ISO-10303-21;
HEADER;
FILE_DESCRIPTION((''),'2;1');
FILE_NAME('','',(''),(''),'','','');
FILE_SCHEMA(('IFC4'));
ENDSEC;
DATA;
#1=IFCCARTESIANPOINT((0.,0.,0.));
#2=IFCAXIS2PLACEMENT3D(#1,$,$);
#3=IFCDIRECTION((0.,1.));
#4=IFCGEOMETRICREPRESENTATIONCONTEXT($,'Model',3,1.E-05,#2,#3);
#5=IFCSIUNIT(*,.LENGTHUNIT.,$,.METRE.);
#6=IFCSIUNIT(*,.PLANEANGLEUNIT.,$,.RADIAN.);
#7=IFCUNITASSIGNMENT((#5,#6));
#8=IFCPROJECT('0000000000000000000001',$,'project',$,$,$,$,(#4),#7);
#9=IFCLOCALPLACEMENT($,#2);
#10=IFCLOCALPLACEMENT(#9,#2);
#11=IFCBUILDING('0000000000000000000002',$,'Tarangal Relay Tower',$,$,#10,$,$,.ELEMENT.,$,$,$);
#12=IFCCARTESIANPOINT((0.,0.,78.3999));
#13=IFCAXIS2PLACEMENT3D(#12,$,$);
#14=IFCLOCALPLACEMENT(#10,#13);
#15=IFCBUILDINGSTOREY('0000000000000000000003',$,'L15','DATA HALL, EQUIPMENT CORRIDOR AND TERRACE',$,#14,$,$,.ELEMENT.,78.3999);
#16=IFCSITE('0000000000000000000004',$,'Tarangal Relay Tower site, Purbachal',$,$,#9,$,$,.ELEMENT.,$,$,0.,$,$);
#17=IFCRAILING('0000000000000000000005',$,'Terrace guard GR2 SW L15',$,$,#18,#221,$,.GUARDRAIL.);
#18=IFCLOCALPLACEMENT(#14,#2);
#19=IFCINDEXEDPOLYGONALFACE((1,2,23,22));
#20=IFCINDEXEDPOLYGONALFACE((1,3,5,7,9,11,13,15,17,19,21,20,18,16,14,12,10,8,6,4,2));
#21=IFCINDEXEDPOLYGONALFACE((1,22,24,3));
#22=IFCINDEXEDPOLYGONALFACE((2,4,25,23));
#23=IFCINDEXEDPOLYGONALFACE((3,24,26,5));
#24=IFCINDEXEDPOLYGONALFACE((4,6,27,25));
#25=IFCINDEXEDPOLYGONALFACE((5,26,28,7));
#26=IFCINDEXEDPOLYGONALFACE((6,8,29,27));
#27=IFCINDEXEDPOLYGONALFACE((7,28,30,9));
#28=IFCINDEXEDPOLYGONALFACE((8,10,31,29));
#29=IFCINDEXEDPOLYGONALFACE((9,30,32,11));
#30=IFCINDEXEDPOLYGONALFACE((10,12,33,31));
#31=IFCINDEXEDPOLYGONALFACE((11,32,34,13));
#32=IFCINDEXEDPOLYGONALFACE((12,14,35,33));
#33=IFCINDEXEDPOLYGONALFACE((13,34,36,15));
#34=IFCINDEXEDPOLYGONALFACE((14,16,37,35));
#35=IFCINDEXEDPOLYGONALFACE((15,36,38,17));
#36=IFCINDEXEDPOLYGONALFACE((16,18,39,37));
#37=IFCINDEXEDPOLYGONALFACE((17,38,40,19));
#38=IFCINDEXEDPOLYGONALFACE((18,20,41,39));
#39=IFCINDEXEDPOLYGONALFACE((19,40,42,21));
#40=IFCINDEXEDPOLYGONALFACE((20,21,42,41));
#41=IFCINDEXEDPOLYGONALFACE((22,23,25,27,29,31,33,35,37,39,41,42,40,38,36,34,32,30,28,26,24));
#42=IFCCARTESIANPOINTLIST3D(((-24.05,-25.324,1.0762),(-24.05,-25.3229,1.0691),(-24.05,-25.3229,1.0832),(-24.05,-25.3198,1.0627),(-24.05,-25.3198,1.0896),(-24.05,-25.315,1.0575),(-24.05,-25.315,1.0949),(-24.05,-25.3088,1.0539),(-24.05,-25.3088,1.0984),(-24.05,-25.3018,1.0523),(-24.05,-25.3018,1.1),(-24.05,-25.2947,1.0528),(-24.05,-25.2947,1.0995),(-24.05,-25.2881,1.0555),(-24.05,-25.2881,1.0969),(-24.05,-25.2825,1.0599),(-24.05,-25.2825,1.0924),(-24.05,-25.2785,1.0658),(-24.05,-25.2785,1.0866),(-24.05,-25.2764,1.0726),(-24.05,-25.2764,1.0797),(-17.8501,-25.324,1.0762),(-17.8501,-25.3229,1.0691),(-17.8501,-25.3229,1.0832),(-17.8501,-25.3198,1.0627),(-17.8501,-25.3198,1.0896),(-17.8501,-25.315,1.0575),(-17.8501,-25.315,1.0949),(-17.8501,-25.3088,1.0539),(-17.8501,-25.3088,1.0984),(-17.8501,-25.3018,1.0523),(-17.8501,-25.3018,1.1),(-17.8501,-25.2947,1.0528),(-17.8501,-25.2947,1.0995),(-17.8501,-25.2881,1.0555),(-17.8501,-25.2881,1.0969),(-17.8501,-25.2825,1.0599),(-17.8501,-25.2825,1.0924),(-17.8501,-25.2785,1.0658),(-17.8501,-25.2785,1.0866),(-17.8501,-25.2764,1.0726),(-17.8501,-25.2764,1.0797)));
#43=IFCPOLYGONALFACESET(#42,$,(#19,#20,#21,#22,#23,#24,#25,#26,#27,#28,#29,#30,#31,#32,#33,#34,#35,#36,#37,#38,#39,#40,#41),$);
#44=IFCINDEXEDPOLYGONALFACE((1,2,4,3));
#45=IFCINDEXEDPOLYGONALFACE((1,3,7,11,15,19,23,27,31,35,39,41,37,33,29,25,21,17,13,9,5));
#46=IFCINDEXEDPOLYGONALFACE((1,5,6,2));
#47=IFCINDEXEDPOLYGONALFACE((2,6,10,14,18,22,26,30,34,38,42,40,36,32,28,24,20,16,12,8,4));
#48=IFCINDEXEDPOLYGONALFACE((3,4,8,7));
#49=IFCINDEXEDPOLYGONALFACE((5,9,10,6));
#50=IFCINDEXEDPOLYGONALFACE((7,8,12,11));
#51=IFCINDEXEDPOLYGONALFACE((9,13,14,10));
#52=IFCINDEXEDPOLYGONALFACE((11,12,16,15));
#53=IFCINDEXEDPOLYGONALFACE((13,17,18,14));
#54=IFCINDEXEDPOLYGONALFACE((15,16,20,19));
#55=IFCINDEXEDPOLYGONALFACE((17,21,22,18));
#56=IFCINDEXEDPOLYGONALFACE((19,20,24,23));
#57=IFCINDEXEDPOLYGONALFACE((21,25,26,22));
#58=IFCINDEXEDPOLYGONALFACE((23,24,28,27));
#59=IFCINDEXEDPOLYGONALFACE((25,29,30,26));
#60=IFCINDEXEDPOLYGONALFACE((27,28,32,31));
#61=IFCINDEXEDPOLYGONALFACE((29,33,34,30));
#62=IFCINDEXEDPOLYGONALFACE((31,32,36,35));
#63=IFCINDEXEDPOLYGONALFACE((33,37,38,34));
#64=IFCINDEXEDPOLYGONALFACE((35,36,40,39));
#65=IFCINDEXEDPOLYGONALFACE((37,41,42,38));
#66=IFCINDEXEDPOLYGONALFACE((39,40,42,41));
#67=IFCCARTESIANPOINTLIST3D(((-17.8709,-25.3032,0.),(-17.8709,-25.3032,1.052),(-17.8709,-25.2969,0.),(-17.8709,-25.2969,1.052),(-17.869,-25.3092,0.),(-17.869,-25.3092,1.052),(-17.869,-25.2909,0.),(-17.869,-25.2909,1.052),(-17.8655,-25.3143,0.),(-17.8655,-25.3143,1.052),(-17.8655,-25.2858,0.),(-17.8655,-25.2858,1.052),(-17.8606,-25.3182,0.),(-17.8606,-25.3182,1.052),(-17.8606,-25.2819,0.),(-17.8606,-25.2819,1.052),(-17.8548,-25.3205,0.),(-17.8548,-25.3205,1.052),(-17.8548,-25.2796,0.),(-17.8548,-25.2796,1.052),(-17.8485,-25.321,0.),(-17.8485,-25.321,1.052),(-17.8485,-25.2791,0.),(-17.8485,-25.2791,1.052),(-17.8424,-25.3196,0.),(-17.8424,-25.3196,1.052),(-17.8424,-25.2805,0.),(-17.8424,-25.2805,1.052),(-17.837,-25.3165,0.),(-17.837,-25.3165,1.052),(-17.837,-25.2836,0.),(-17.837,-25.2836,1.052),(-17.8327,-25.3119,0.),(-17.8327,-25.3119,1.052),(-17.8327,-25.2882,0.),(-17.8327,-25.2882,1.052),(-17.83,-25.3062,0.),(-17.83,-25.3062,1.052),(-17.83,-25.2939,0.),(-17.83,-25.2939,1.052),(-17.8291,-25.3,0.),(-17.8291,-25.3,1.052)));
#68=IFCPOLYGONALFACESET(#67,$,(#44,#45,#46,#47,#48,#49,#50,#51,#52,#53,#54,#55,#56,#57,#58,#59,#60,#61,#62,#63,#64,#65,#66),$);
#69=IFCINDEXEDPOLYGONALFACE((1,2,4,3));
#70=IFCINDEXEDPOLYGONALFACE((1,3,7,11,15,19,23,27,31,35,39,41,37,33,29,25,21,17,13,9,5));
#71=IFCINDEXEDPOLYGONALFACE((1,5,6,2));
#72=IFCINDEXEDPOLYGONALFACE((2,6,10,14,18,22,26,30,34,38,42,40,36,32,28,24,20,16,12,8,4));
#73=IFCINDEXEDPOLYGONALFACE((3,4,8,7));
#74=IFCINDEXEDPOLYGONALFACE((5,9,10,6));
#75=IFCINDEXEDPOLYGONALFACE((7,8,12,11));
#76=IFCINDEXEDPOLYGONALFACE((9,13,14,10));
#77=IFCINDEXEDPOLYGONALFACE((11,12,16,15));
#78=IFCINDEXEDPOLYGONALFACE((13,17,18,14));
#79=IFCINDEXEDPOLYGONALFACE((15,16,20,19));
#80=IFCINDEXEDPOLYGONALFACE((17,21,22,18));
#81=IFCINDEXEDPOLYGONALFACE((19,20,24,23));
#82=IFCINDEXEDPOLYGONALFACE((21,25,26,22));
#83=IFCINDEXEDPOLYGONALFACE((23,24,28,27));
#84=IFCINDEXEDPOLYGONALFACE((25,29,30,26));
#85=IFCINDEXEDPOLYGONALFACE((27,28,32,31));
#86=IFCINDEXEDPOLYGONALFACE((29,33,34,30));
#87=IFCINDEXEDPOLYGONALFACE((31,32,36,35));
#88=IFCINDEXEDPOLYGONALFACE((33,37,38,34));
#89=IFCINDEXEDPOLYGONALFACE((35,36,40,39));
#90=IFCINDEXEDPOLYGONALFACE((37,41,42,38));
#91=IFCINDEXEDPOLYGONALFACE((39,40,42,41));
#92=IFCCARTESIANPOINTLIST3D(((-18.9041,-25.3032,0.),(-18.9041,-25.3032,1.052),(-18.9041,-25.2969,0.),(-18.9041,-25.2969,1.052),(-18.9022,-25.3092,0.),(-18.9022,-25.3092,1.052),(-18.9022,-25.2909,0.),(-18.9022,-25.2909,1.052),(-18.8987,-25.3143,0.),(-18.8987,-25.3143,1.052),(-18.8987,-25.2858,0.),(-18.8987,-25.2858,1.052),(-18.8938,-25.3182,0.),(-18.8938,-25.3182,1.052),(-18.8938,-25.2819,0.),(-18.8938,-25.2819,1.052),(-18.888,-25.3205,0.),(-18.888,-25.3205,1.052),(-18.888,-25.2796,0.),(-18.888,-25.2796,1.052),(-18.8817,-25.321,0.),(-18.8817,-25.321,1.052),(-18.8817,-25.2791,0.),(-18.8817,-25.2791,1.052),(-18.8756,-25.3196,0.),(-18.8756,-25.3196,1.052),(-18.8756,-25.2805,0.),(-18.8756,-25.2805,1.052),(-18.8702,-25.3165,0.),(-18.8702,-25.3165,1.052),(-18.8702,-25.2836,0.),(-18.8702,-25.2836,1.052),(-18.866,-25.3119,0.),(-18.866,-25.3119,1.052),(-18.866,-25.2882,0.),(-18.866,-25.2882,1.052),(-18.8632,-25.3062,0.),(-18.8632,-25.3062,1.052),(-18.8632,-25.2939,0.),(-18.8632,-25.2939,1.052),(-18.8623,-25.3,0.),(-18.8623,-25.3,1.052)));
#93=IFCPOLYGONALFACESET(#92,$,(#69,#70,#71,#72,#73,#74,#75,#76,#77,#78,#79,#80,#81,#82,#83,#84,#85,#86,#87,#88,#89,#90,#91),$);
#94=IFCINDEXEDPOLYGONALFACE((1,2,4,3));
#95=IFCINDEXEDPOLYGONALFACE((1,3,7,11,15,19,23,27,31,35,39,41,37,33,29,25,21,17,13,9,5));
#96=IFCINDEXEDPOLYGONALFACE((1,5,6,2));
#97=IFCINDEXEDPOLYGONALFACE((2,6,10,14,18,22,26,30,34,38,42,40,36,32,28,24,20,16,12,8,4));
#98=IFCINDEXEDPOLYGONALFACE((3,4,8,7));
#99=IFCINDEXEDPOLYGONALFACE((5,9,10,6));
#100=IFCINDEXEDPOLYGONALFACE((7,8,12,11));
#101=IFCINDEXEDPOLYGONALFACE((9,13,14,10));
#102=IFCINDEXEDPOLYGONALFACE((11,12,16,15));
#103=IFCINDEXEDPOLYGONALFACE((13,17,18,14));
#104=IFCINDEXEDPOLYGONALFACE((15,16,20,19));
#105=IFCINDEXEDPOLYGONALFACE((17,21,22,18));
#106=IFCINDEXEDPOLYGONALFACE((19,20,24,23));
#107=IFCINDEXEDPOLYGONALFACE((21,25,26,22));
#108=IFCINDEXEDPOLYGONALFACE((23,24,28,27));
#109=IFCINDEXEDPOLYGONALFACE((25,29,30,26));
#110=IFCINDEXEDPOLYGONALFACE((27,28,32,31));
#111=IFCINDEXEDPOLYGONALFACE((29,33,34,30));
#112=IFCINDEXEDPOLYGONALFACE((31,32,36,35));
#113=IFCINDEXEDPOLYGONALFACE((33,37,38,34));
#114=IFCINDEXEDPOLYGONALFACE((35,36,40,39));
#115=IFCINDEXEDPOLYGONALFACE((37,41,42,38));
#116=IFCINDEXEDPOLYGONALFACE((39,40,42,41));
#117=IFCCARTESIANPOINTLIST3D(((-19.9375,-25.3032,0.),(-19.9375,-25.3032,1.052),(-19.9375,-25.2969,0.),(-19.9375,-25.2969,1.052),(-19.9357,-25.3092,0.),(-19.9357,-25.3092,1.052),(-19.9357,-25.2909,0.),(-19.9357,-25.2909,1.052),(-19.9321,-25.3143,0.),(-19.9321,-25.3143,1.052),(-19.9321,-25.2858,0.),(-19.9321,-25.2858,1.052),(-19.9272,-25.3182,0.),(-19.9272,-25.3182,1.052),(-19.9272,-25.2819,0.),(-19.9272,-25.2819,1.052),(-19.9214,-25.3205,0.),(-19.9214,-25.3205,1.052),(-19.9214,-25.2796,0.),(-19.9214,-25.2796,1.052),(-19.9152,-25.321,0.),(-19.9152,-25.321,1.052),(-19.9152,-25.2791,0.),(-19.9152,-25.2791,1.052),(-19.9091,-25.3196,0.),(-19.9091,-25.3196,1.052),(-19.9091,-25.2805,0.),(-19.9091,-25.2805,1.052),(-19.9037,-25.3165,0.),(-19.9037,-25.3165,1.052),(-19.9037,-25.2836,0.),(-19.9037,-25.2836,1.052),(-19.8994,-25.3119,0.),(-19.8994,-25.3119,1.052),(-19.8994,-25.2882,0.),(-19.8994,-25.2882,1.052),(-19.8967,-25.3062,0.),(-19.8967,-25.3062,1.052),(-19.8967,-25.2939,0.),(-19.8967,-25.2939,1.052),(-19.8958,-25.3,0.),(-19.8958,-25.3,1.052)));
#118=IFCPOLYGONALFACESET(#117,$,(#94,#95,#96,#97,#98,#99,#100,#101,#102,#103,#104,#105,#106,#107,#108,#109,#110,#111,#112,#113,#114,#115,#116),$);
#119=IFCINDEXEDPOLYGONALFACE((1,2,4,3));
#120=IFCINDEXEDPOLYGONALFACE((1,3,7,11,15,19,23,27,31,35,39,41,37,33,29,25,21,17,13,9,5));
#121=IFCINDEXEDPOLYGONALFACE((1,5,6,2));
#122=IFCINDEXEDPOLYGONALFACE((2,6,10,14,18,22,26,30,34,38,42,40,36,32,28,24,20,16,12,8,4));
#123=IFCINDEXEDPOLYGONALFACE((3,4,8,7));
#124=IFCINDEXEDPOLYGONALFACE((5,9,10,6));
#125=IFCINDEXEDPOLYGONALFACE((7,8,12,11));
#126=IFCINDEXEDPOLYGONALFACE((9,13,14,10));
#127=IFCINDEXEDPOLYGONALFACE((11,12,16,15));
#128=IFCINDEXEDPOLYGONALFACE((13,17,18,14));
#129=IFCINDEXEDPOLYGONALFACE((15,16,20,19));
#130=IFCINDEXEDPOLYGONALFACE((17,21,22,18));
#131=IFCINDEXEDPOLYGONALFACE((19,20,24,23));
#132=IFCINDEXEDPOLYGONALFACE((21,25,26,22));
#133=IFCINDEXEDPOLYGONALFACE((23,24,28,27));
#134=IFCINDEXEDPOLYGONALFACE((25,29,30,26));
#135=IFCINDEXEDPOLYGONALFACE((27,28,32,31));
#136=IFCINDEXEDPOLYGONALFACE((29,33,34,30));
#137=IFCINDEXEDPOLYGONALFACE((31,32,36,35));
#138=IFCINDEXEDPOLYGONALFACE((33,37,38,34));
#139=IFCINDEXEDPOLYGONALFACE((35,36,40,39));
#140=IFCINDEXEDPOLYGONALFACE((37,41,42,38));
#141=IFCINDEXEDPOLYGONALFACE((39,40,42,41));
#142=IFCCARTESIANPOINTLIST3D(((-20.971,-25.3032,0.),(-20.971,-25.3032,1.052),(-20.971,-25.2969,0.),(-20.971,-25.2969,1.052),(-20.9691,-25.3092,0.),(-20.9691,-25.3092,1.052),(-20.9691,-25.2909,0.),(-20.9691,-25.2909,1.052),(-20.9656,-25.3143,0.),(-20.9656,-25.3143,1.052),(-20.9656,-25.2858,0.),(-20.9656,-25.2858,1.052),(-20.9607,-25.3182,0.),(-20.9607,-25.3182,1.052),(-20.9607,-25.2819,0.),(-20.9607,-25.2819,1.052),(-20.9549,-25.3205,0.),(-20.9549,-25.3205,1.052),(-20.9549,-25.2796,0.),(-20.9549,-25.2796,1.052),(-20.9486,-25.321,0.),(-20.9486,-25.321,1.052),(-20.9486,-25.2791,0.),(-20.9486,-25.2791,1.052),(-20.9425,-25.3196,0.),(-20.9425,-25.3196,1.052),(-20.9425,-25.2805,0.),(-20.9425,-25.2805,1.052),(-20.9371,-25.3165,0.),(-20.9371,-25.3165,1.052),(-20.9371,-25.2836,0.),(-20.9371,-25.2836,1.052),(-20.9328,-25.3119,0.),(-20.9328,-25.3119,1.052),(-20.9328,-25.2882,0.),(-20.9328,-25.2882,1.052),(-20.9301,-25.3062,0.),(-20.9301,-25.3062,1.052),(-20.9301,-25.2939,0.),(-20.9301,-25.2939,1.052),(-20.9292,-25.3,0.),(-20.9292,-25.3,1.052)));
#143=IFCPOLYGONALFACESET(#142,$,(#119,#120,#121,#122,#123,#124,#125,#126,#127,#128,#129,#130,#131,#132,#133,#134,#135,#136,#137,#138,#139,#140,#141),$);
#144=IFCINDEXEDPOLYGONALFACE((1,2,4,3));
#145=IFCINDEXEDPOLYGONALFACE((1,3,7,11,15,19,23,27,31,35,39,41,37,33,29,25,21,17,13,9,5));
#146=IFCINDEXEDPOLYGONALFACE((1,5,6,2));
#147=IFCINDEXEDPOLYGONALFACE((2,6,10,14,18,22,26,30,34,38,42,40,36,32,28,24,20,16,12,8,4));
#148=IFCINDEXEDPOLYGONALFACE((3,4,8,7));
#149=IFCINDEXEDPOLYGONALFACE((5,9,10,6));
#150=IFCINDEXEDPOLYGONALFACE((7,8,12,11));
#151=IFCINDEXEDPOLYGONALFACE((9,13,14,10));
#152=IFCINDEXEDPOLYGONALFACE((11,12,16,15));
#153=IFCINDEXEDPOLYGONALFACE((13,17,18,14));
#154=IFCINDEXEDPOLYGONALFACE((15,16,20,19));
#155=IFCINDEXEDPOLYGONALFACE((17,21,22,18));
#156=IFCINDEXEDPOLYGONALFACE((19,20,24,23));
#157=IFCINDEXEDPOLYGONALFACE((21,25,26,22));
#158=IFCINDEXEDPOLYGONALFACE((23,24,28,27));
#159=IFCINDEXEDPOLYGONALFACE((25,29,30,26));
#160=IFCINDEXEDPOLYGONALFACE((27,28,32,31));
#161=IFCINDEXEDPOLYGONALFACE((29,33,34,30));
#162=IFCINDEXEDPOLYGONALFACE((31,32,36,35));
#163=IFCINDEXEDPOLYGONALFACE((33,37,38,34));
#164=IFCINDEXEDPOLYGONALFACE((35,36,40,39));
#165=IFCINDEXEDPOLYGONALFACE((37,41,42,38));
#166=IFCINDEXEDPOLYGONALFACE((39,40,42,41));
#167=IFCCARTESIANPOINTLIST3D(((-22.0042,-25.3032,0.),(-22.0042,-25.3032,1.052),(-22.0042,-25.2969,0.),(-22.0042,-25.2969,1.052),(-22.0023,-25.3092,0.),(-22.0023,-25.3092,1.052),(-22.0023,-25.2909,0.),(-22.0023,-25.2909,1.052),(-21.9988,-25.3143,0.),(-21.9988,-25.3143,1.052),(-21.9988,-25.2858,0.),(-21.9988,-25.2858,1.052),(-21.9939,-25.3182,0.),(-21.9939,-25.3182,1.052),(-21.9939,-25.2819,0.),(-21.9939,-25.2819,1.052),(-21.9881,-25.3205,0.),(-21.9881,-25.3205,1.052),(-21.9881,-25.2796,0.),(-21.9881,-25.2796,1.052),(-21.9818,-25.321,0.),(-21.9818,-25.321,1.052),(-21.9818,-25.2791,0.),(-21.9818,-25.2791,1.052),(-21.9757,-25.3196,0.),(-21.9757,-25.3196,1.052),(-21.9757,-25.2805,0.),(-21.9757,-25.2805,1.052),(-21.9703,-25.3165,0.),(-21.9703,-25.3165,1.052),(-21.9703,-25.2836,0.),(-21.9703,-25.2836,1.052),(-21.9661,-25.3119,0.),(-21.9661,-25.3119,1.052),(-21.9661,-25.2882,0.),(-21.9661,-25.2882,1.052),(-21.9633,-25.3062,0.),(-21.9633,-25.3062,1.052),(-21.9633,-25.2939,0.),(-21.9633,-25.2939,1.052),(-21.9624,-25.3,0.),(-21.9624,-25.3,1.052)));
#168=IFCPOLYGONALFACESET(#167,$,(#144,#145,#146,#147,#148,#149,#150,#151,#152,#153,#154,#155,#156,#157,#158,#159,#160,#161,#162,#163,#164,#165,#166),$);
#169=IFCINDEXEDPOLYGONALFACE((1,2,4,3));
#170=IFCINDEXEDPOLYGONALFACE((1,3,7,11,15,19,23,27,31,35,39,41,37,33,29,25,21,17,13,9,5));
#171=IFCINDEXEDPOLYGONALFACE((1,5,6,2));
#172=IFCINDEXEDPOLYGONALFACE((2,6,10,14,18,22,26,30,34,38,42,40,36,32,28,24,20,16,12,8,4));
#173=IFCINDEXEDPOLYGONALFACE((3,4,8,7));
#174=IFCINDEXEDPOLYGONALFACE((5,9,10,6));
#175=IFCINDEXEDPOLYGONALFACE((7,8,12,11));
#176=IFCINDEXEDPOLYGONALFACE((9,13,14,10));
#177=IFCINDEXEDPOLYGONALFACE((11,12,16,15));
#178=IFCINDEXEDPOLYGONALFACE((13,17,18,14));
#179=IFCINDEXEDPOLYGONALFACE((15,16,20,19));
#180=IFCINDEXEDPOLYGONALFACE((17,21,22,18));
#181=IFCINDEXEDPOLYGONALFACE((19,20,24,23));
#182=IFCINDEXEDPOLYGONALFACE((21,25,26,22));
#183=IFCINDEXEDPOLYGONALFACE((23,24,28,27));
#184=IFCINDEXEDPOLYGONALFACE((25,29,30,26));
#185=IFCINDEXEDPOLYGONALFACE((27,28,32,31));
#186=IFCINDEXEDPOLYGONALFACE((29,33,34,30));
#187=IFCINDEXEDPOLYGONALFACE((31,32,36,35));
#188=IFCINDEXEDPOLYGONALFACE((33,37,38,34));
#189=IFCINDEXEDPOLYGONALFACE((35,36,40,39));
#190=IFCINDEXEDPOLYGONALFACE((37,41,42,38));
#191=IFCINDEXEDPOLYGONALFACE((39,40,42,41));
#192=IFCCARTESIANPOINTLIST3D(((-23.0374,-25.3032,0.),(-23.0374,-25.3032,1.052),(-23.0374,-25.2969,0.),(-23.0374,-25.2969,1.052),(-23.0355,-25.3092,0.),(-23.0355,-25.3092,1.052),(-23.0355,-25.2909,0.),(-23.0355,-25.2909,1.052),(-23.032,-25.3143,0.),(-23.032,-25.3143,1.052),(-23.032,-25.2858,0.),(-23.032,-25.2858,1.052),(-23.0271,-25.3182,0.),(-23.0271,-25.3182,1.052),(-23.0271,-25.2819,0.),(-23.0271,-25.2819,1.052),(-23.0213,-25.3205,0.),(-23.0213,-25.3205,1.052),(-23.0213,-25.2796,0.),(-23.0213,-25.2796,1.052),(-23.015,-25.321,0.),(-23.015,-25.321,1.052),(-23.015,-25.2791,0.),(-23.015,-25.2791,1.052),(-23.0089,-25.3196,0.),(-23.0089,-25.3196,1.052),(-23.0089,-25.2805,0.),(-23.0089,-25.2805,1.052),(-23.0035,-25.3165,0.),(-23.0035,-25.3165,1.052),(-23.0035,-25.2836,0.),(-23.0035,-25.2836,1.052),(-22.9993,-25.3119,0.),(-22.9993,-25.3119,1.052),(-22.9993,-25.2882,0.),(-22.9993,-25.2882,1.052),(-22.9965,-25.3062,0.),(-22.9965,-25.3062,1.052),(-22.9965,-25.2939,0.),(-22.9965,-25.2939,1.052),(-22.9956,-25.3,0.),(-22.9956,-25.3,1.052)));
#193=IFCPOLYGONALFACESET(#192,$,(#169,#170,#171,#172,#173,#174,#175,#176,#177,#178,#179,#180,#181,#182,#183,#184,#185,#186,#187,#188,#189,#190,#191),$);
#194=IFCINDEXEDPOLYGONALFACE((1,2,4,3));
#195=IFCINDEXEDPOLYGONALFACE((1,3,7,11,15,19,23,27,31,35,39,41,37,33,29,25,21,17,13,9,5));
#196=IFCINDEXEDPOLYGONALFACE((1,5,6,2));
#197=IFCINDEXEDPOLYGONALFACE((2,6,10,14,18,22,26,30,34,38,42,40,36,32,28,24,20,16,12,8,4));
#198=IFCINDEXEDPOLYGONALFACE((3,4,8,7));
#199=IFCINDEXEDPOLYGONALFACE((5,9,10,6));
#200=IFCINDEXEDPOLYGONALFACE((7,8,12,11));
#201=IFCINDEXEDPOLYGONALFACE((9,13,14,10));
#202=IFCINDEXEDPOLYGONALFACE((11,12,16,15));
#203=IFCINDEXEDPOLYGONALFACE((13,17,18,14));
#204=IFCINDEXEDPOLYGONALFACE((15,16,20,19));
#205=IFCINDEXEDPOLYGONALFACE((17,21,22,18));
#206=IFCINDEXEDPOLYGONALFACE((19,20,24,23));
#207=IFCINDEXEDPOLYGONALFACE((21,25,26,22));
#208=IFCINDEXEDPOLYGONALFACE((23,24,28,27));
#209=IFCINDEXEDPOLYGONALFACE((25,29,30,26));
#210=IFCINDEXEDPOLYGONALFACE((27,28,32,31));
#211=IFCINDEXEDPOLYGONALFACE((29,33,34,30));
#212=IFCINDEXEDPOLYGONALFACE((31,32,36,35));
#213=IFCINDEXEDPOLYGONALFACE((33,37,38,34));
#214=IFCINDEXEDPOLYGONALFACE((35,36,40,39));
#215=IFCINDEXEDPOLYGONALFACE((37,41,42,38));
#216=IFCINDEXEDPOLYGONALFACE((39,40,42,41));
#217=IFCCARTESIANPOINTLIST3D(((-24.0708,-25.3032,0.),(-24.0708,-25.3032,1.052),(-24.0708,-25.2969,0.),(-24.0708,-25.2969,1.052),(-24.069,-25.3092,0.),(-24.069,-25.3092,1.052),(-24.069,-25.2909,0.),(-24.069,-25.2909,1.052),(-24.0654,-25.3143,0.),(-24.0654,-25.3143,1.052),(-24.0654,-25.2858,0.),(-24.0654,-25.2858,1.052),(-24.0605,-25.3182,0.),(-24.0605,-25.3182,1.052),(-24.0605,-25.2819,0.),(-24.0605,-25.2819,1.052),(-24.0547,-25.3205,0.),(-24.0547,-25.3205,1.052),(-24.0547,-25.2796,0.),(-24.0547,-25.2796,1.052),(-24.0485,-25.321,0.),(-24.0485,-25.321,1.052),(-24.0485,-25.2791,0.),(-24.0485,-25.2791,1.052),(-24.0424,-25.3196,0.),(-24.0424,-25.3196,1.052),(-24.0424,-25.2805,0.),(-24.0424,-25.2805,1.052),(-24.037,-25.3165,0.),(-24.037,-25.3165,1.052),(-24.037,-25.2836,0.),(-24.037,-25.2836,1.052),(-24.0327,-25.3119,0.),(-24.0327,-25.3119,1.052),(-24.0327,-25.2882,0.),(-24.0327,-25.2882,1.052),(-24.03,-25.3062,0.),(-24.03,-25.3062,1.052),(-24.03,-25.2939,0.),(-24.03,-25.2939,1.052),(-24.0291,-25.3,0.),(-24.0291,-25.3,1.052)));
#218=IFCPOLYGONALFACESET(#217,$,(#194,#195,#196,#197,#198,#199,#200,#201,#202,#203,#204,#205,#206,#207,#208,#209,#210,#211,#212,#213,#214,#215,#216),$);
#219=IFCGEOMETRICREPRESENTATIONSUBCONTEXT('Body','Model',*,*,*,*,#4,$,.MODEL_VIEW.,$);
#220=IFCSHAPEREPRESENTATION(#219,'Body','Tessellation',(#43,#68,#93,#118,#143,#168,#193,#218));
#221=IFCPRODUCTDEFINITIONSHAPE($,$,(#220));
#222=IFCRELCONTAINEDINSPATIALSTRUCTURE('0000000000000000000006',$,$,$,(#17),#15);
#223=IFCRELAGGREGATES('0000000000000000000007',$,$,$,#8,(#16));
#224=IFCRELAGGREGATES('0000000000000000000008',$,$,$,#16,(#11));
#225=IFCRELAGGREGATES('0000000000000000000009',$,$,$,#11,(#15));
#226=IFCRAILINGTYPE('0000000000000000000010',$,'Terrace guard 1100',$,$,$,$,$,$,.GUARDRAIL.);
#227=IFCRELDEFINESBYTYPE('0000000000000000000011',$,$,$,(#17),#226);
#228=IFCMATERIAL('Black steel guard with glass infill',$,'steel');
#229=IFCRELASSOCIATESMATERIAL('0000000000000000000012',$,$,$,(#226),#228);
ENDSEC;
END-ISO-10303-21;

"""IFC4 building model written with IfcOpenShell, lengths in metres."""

from ifc_helpers import new_model, si_unit, direction, frame, origin, origin_2d, place, context, subcontext, project, spatial, circle, extrude, material, type_object, element, save


model = new_model("IFC4")

# Units and contexts
model_context = context("Model", 3, precision=1e-05, world=origin(), true_north=direction((0.0, 1.0)))
body_context = subcontext(model_context, "Body", "Model", "MODEL_VIEW")
ifc_project = project(units=[si_unit("LENGTHUNIT", "METRE"), si_unit("PLANEANGLEUNIT", "RADIAN")], contexts=[model_context])

# Site, building, storey
site_placement = place(None, origin())
site = spatial("IfcSite", under=ifc_project, at=site_placement, Name="Tarangal Relay Tower site, Purbachal", CompositionType="ELEMENT", RefElevation=0.0)
building_placement = place(site_placement, origin())
building = spatial("IfcBuilding", under=site, at=building_placement, Name="Tarangal Relay Tower", CompositionType="ELEMENT")
storey_placement = place(building_placement, frame((0.0, 0.0, 78.3999)))
storey = spatial("IfcBuildingStorey", under=building, at=storey_placement, Name="L15", Description="DATA HALL, EQUIPMENT CORRIDOR AND TERRACE", CompositionType="ELEMENT", Elevation=78.3999)

# Railing
ifc_material_1 = material(Name="Black steel guard with glass infill", Category="steel")
railing_type = type_object("IfcRailingType", Name="Terrace guard 1100", PredefinedType="GUARDRAIL", material=ifc_material_1)
railing_1_placement = place(storey_placement, frame((-17.8501, -25.3, 0.0)))
element("IfcRailing", 1, at=railing_1_placement, inside=storey, type_object=railing_type, Name="Terrace guard GR2 SW L15", PredefinedType="GUARDRAIL", context=body_context, shape_type="SweptSolid", body=[
    extrude(circle(Radius=0.0239, at=origin_2d()), frame((0.0, 0.0, 1.0762), z_axis=(-1.0, 0.0, 0.0), x_axis=(0.0, -1.0, 0.0)), (0.0, 0.0, 1.0), 6.2),
    extrude(circle(Radius=0.021, at=origin_2d()), origin(), (0.0, 0.0, 1.0), 1.052),
    extrude(circle(Radius=0.021, at=origin_2d()), frame((-1.0332, 0.0, 0.0)), (0.0, 0.0, 1.0), 1.052),
    extrude(circle(Radius=0.021, at=origin_2d()), frame((-2.0667, 0.0, 0.0)), (0.0, 0.0, 1.0), 1.052),
    extrude(circle(Radius=0.021, at=origin_2d()), frame((-3.1001, 0.0, 0.0)), (0.0, 0.0, 1.0), 1.052),
    extrude(circle(Radius=0.021, at=origin_2d()), frame((-4.1333, 0.0, 0.0)), (0.0, 0.0, 1.0), 1.052),
    extrude(circle(Radius=0.021, at=origin_2d()), frame((-5.1665, 0.0, 0.0)), (0.0, 0.0, 1.0), 1.052),
    extrude(circle(Radius=0.021, at=origin_2d()), frame((-6.2, 0.0, 0.0)), (0.0, 0.0, 1.0), 1.052),
])

save(model, "model.ifc")
